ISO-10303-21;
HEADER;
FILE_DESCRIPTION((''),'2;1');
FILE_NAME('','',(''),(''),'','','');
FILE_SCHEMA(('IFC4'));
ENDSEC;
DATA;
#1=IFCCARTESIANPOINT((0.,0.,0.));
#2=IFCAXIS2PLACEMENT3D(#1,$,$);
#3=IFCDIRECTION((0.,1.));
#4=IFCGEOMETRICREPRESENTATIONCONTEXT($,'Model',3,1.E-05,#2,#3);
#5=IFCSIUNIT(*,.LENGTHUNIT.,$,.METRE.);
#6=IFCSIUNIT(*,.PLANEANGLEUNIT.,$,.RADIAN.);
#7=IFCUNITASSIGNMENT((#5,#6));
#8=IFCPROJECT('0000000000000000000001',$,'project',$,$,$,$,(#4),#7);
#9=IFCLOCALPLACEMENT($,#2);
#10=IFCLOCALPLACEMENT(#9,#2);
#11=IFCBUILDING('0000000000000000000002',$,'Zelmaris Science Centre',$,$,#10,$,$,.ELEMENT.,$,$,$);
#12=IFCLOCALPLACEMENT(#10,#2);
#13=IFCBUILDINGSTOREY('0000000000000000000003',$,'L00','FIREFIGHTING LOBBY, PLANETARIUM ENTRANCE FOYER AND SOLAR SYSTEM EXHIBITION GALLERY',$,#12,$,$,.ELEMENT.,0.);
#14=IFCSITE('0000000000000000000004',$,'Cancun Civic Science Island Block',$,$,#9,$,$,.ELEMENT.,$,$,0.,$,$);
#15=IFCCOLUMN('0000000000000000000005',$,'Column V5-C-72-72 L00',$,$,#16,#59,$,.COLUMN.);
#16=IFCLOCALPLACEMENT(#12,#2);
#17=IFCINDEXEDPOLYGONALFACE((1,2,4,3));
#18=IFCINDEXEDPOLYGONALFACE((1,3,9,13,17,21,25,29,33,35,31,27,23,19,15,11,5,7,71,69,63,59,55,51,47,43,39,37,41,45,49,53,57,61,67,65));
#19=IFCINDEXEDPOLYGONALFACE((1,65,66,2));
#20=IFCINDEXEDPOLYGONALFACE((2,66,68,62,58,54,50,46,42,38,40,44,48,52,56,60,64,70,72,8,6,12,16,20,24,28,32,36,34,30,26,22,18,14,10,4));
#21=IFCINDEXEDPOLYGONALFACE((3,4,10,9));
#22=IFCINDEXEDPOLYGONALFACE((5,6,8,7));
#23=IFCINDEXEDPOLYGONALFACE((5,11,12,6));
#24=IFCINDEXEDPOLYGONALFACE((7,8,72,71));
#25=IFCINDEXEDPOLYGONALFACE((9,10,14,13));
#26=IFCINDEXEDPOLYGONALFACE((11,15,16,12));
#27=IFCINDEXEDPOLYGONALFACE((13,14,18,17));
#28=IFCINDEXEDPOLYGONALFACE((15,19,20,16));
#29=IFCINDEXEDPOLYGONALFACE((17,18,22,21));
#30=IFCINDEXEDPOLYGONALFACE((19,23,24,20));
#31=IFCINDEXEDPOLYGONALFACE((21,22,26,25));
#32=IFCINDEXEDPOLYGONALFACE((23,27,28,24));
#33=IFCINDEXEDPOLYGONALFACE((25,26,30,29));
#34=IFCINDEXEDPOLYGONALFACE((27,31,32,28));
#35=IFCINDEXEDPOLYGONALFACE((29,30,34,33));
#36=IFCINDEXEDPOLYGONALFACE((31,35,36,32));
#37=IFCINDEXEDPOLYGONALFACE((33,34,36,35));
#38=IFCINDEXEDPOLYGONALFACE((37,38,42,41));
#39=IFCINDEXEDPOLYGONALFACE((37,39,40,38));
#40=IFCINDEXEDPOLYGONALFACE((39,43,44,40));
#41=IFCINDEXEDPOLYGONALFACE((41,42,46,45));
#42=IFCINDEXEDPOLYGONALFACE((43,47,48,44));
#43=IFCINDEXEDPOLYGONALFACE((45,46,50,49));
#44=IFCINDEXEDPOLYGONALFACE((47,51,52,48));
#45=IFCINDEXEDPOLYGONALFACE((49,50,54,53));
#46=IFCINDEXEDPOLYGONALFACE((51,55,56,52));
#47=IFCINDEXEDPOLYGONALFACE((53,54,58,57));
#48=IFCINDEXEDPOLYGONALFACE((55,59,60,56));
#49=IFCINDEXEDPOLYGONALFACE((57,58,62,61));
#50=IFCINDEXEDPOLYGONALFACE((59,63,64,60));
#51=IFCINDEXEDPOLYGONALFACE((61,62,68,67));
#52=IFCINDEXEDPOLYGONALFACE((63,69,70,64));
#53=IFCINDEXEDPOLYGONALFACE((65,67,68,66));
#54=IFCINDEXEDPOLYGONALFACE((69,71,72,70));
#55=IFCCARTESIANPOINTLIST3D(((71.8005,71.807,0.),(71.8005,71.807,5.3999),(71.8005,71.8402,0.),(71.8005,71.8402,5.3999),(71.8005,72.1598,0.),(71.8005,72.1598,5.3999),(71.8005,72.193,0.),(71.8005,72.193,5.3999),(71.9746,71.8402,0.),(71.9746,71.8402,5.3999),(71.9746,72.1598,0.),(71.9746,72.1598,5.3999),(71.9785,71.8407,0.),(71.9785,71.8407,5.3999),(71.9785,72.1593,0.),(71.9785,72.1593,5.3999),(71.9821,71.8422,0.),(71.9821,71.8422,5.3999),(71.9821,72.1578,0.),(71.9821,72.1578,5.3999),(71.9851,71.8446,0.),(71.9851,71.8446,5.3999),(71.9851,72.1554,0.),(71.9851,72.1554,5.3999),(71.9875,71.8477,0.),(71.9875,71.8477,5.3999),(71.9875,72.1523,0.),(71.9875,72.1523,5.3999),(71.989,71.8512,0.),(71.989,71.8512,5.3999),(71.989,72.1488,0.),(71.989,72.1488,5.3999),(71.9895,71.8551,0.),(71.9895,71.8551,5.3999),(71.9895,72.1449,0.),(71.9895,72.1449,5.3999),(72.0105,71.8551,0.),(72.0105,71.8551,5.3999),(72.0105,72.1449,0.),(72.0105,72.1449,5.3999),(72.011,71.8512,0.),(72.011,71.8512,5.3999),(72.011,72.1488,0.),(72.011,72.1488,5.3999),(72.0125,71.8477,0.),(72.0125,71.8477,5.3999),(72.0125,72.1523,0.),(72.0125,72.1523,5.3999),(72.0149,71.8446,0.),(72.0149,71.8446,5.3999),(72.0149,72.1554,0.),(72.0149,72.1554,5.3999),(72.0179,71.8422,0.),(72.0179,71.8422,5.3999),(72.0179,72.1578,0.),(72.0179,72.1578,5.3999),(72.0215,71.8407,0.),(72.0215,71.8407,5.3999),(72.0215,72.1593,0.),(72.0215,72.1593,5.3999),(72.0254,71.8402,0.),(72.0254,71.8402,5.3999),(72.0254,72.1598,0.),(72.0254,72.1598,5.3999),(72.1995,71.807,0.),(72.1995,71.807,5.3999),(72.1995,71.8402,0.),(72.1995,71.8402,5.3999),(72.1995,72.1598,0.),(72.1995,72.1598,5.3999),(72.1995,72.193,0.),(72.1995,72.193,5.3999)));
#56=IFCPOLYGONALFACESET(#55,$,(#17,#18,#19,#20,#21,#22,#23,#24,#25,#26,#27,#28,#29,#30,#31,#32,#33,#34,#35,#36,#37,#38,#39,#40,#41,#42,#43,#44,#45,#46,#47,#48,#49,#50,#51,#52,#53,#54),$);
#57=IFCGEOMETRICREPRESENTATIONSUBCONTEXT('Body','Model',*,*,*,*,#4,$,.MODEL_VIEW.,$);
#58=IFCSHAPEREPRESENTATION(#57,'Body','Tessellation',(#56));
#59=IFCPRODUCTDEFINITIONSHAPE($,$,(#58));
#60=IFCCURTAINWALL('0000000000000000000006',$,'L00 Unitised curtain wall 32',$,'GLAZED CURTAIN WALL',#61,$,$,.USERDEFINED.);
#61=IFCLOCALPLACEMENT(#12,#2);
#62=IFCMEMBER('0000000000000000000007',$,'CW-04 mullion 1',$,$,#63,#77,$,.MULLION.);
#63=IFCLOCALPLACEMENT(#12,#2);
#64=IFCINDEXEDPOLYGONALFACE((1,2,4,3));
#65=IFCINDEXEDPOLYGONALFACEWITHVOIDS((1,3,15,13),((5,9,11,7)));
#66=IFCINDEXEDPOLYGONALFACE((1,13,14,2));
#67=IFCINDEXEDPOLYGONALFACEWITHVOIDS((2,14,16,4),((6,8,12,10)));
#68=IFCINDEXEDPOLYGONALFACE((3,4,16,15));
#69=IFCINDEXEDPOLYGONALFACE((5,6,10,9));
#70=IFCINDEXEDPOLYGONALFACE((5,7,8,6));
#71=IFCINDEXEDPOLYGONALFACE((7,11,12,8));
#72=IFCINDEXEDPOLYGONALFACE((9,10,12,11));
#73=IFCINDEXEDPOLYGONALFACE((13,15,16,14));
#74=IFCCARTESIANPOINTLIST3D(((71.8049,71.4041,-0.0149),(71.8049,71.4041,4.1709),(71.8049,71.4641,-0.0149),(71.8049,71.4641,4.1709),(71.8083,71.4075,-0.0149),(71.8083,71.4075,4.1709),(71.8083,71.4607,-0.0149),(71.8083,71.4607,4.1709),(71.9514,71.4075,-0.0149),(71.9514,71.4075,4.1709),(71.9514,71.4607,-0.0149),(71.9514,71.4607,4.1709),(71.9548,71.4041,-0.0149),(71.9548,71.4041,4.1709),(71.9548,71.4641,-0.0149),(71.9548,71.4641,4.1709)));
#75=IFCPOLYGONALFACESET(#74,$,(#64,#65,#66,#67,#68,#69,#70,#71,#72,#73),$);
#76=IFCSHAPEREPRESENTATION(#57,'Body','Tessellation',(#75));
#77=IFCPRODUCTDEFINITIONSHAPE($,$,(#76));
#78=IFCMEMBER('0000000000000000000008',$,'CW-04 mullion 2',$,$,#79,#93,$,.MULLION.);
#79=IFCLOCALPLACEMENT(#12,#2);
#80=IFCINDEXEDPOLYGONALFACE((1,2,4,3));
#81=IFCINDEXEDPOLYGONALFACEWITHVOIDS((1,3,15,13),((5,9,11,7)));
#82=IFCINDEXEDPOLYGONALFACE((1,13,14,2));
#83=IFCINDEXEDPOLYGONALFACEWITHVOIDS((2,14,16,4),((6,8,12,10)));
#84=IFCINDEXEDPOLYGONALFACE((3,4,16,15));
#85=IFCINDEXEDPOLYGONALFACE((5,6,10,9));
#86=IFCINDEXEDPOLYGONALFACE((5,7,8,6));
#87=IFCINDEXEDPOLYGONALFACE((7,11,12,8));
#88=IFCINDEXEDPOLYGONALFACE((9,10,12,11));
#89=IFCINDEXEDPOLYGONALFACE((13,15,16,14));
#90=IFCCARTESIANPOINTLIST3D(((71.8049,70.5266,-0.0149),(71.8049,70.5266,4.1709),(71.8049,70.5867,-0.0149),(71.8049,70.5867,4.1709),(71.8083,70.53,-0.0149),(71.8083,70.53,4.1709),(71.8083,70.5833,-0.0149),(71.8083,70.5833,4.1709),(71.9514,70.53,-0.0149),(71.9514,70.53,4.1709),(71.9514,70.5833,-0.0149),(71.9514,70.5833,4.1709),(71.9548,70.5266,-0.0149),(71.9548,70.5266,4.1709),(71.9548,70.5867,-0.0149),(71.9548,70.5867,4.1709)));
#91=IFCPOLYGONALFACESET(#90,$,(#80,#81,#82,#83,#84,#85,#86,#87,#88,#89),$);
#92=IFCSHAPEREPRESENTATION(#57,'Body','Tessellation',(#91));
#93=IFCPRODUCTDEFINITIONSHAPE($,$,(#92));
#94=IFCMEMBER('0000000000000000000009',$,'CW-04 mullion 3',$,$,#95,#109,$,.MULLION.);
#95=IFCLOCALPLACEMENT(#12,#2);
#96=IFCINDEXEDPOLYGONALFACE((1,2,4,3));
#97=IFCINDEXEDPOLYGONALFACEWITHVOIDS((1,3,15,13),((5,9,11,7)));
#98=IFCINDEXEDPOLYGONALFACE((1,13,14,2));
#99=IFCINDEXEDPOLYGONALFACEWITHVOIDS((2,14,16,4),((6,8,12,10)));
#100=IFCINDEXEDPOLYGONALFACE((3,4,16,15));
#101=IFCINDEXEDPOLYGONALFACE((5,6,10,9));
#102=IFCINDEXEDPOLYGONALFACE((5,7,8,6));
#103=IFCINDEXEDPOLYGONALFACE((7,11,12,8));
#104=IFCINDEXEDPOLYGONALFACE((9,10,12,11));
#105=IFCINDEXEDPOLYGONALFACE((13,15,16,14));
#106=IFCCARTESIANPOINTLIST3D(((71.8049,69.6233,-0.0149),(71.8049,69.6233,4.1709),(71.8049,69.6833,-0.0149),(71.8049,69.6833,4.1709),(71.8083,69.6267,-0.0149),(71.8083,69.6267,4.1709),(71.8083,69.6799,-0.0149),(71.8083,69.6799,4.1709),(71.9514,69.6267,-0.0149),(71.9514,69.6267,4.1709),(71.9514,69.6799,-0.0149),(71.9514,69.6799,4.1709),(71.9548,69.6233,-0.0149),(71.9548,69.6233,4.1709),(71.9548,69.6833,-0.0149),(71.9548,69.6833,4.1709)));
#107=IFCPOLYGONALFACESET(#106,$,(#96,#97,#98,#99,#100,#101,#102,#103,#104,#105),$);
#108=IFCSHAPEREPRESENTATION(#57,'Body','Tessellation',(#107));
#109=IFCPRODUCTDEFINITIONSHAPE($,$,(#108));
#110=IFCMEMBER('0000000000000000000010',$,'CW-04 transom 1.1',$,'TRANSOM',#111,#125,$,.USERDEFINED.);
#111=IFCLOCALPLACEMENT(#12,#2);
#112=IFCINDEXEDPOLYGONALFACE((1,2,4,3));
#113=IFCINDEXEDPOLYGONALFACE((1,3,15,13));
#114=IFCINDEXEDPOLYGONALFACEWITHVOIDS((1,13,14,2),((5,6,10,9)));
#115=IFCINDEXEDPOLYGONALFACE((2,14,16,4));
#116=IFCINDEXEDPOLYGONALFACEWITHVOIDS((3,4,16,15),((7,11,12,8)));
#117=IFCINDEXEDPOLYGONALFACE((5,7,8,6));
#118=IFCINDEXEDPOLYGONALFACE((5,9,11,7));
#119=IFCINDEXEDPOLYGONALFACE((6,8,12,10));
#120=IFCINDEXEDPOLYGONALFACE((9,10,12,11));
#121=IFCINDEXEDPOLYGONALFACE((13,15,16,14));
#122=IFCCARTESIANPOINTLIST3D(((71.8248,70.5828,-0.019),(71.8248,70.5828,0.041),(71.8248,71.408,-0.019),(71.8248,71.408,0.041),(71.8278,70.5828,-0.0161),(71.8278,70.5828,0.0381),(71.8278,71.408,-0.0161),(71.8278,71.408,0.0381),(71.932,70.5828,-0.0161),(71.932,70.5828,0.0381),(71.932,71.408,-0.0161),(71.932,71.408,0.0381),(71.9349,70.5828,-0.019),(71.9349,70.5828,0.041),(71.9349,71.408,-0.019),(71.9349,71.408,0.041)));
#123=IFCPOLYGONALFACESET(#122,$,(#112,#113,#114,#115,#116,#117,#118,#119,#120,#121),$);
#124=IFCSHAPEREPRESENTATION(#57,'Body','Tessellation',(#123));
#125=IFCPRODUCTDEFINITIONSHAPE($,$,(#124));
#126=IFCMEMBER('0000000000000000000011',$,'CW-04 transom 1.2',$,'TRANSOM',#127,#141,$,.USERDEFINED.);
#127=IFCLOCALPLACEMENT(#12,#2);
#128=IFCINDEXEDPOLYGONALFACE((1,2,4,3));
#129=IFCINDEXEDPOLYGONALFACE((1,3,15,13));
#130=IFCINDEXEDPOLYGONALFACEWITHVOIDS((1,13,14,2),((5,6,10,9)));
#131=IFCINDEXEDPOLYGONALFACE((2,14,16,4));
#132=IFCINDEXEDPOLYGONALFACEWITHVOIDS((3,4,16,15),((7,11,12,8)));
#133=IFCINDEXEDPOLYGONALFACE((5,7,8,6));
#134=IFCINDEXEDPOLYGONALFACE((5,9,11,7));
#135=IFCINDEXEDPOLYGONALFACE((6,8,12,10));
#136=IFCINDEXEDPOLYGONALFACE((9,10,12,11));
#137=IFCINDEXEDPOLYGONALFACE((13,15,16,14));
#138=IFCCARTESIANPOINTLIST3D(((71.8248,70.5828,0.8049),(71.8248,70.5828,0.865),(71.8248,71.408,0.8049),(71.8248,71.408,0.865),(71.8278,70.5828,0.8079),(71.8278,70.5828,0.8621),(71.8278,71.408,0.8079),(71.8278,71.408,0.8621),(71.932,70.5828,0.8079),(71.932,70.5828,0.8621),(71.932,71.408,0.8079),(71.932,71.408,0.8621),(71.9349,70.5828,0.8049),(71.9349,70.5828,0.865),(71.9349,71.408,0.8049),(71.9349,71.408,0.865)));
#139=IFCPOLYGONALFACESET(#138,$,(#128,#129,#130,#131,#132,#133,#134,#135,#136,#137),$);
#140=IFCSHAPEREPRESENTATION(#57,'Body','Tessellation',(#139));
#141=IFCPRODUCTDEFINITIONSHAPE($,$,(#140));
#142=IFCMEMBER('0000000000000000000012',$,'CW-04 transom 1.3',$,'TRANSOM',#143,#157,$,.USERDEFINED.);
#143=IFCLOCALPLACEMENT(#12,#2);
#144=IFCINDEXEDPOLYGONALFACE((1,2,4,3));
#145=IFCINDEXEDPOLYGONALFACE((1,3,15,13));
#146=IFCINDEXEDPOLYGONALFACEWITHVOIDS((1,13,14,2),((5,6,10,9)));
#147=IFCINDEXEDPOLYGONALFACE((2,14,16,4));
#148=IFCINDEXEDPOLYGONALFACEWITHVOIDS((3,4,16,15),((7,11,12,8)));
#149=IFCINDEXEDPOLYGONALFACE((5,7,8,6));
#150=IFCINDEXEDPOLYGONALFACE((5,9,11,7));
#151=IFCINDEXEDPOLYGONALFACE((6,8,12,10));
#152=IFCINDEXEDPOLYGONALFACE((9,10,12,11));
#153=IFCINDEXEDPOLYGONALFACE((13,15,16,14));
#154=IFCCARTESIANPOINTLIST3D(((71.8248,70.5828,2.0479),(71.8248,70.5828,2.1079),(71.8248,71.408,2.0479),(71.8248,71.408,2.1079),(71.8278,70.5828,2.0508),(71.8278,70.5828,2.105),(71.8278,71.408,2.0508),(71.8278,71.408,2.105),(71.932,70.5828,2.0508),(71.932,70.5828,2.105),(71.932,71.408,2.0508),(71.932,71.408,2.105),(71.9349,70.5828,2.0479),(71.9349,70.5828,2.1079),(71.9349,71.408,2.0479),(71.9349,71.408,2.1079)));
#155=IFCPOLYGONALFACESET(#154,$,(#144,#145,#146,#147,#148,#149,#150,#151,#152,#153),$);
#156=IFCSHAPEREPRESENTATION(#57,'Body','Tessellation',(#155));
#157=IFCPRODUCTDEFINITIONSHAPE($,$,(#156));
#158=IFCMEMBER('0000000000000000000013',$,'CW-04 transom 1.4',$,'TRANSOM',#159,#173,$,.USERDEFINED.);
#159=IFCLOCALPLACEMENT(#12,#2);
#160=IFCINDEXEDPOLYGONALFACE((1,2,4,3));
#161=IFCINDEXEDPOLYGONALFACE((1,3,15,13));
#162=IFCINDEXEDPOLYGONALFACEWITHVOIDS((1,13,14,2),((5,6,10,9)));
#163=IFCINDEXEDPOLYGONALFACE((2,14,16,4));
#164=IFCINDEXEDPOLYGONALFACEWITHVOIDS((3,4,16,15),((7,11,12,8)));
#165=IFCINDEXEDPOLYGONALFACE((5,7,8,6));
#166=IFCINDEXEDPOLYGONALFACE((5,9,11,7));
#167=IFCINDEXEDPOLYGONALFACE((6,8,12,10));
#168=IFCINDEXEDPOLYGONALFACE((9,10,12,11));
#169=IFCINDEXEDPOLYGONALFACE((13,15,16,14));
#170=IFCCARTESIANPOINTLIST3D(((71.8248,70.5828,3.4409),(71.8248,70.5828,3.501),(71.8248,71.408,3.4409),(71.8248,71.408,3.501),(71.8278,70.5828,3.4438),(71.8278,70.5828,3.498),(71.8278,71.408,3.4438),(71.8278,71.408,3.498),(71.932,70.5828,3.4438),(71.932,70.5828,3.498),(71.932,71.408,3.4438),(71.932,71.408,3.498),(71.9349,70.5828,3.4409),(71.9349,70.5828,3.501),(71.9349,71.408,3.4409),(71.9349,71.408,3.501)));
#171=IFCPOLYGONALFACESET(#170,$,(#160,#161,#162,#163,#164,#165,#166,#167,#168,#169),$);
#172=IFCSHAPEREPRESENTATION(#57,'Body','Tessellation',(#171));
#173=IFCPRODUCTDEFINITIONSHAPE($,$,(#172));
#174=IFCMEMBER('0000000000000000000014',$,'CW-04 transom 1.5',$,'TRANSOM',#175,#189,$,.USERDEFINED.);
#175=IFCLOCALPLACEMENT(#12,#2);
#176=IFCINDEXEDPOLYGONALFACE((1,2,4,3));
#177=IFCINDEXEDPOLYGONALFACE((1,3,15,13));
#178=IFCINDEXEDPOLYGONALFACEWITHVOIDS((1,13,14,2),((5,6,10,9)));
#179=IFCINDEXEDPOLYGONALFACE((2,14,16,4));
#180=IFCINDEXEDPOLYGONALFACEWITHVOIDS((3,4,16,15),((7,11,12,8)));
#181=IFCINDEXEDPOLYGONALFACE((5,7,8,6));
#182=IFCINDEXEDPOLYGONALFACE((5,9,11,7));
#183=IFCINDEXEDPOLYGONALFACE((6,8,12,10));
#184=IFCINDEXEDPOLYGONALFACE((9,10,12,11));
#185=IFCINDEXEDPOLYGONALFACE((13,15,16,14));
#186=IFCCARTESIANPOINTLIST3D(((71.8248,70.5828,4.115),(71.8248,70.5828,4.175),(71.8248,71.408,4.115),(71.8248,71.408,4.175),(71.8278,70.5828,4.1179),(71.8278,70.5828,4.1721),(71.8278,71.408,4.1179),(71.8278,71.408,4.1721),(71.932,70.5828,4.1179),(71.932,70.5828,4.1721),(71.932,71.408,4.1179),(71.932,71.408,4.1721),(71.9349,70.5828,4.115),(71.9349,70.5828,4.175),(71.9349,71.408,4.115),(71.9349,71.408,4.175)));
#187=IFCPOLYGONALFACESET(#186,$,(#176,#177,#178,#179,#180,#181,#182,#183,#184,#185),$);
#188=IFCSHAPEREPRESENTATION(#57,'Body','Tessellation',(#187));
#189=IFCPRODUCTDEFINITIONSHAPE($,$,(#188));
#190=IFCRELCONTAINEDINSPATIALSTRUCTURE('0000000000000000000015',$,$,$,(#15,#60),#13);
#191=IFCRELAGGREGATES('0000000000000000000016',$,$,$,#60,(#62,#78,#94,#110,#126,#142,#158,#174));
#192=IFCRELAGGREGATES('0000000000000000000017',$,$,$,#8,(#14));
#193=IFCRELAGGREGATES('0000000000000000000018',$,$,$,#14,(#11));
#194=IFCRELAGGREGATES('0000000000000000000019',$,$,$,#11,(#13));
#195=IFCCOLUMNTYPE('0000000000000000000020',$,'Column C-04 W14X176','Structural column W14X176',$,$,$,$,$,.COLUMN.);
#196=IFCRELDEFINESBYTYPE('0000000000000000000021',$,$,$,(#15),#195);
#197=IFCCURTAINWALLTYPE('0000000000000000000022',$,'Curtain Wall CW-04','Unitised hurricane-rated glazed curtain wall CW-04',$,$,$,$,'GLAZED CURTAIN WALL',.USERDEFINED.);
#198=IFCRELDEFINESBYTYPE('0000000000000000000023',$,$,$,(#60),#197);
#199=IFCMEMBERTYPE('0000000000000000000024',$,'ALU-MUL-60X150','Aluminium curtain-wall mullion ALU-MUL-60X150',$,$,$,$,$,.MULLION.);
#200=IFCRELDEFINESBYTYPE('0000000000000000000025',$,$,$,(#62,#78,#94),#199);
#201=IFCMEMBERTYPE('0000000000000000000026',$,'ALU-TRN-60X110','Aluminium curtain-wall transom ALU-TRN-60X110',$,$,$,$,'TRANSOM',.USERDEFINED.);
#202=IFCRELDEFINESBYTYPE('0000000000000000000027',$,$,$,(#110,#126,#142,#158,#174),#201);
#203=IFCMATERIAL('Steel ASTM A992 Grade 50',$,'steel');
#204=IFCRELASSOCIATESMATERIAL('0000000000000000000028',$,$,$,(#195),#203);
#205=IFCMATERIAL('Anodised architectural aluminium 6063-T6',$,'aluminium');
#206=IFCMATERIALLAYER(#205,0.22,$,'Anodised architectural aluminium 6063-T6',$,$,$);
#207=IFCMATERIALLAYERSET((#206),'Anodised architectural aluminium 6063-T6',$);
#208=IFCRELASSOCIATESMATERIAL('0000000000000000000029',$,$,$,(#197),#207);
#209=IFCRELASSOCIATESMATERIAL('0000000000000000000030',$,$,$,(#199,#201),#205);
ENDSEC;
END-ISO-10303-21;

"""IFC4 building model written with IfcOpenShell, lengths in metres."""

from ifc_helpers import new_model, si_unit, direction, frame, origin, origin_2d, place, context, subcontext, project, spatial, hollow_rectangle, i_section, extrude, material, layer, layer_set, material_profile, profile_set, type_object, element, aggregate, save


model = new_model("IFC4")

# Units and contexts
model_context = context("Model", 3, precision=1e-05, world=origin(), true_north=direction((0.0, 1.0)))
body_context = subcontext(model_context, "Body", "Model", "MODEL_VIEW")
ifc_project = project(units=[si_unit("LENGTHUNIT", "METRE"), si_unit("PLANEANGLEUNIT", "RADIAN")], contexts=[model_context])

# Site, building, storey
site_placement = place(None, origin())
site = spatial("IfcSite", under=ifc_project, at=site_placement, Name="Cancun Civic Science Island Block", CompositionType="ELEMENT", RefElevation=0.0)
building_placement = place(site_placement, origin())
building = spatial("IfcBuilding", under=site, at=building_placement, Name="Zelmaris Science Centre", CompositionType="ELEMENT")
storey_placement = place(building_placement, origin())
storey = spatial("IfcBuildingStorey", under=building, at=storey_placement, Name="L00", Description="FIREFIGHTING LOBBY, PLANETARIUM ENTRANCE FOYER AND SOLAR SYSTEM EXHIBITION GALLERY", CompositionType="ELEMENT", Elevation=0.0)

# Column
ifc_material_1 = material(Name="Steel ASTM A992 Grade 50", Category="steel")
ifc_material_profile_1 = material_profile(ifc_material_1, i_section(OverallWidth=0.3989, OverallDepth=0.386, WebThickness=0.021, FlangeThickness=0.0332, FilletRadius=0.0149, at=origin_2d()), Name="W14X176")
ifc_profile_set_1 = profile_set([ifc_material_profile_1], Name="Steel ASTM A992 Grade 50")
column_type = type_object("IfcColumnType", Name="Column C-04 W14X176", Description="Structural column W14X176", PredefinedType="COLUMN", material=ifc_profile_set_1)
column_placement = place(storey_placement, frame((72.0, 72.0, 0.0), z_axis=(0.0, 0.0, 1.0), x_axis=(1.0, 0.0, 0.0)))
element("IfcColumn", 1, at=column_placement, inside=storey, type_object=column_type, Name="Column V5-C-72-72 L00", PredefinedType="COLUMN", context=body_context, shape_type="SweptSolid", body=[
    extrude(i_section(OverallWidth=0.3989, OverallDepth=0.386, WebThickness=0.021, FlangeThickness=0.0332, FilletRadius=0.0149, at=origin_2d()), origin(), (0.0, 0.0, 1.0), 5.3999),
])

# Curtain wall, members
ifc_material_2 = material(Name="Anodised architectural aluminium 6063-T6", Category="aluminium")
ifc_layer_1 = layer(ifc_material_2, 0.22, Name="Anodised architectural aluminium 6063-T6")
ifc_layer_set_1 = layer_set([ifc_layer_1], Name="Anodised architectural aluminium 6063-T6")
curtain_wall_type = type_object("IfcCurtainWallType", Name="Curtain Wall CW-04", Description="Unitised hurricane-rated glazed curtain wall CW-04", ElementType="GLAZED CURTAIN WALL", PredefinedType="USERDEFINED", material=ifc_layer_set_1)
curtain_wall_placement = place(storey_placement, origin())
curtain_wall = element("IfcCurtainWall", 2, at=curtain_wall_placement, inside=storey, type_object=curtain_wall_type, Name="L00 Unitised curtain wall 32", ObjectType="GLAZED CURTAIN WALL", PredefinedType="USERDEFINED")
ifc_material_profile_2 = material_profile(ifc_material_2, hollow_rectangle(XDim=0.0601, YDim=0.1499, WallThickness=0.0034, at=origin_2d()), Name="ALU-MUL-60X150")
ifc_profile_set_2 = profile_set([ifc_material_profile_2], Name="Anodised architectural aluminium 6063-T6")
member_type_1 = type_object("IfcMemberType", Name="ALU-MUL-60X150", Description="Aluminium curtain-wall mullion ALU-MUL-60X150", PredefinedType="MULLION", material=ifc_profile_set_2)
member_1_placement = place(storey_placement, frame((71.8799, 71.4341, -0.0149), z_axis=(0.0, 0.0, 1.0), x_axis=(0.0, -1.0, 0.0)))
member_1 = element("IfcMember", 3, at=member_1_placement, type_object=member_type_1, Name="CW-04 mullion 1", PredefinedType="MULLION", context=body_context, shape_type="SweptSolid", body=[
    extrude(hollow_rectangle(XDim=0.0601, YDim=0.1499, WallThickness=0.0034, at=origin_2d()), origin(), (0.0, 0.0, 1.0), 4.1858),
])
member_2_placement = place(storey_placement, frame((71.8799, 70.5566, -0.0149), z_axis=(0.0, 0.0, 1.0), x_axis=(0.0, -1.0, 0.0)))
member_2 = element("IfcMember", 4, at=member_2_placement, type_object=member_type_1, Name="CW-04 mullion 2", PredefinedType="MULLION", context=body_context, shape_type="SweptSolid", body=[
    extrude(hollow_rectangle(XDim=0.0601, YDim=0.1499, WallThickness=0.0034, at=origin_2d()), origin(), (0.0, 0.0, 1.0), 4.1858),
])
member_3_placement = place(storey_placement, frame((71.8799, 69.6533, -0.0149), z_axis=(0.0, 0.0, 1.0), x_axis=(0.0, -1.0, 0.0)))
member_3 = element("IfcMember", 5, at=member_3_placement, type_object=member_type_1, Name="CW-04 mullion 3", PredefinedType="MULLION", context=body_context, shape_type="SweptSolid", body=[
    extrude(hollow_rectangle(XDim=0.0601, YDim=0.1499, WallThickness=0.0034, at=origin_2d()), origin(), (0.0, 0.0, 1.0), 4.1858),
])
ifc_material_profile_3 = material_profile(ifc_material_2, hollow_rectangle(XDim=0.0601, YDim=0.1101, WallThickness=0.0029, at=origin_2d()), Name="ALU-TRN-60X110")
ifc_profile_set_3 = profile_set([ifc_material_profile_3], Name="Anodised architectural aluminium 6063-T6")
member_type_2 = type_object("IfcMemberType", Name="ALU-TRN-60X110", Description="Aluminium curtain-wall transom ALU-TRN-60X110", ElementType="TRANSOM", PredefinedType="USERDEFINED", material=ifc_profile_set_3)
member_4_placement = place(storey_placement, frame((71.8799, 71.408, 0.011), z_axis=(0.0, -1.0, 0.0), x_axis=(0.0, 0.0, 1.0)))
member_4 = element("IfcMember", 6, at=member_4_placement, type_object=member_type_2, Name="CW-04 transom 1.1", ObjectType="TRANSOM", PredefinedType="USERDEFINED", context=body_context, shape_type="SweptSolid", body=[
    extrude(hollow_rectangle(XDim=0.0601, YDim=0.1101, WallThickness=0.0029, at=origin_2d()), origin(), (0.0, 0.0, 1.0), 0.8252),
])
member_5_placement = place(storey_placement, frame((71.8799, 71.408, 0.835), z_axis=(0.0, -1.0, 0.0), x_axis=(0.0, 0.0, 1.0)))
member_5 = element("IfcMember", 7, at=member_5_placement, type_object=member_type_2, Name="CW-04 transom 1.2", ObjectType="TRANSOM", PredefinedType="USERDEFINED", context=body_context, shape_type="SweptSolid", body=[
    extrude(hollow_rectangle(XDim=0.0601, YDim=0.1101, WallThickness=0.0029, at=origin_2d()), origin(), (0.0, 0.0, 1.0), 0.8252),
])
member_6_placement = place(storey_placement, frame((71.8799, 71.408, 2.0779), z_axis=(0.0, -1.0, 0.0), x_axis=(0.0, 0.0, 1.0)))
member_6 = element("IfcMember", 8, at=member_6_placement, type_object=member_type_2, Name="CW-04 transom 1.3", ObjectType="TRANSOM", PredefinedType="USERDEFINED", context=body_context, shape_type="SweptSolid", body=[
    extrude(hollow_rectangle(XDim=0.0601, YDim=0.1101, WallThickness=0.0029, at=origin_2d()), origin(), (0.0, 0.0, 1.0), 0.8252),
])
member_7_placement = place(storey_placement, frame((71.8799, 71.408, 3.4709), z_axis=(0.0, -1.0, 0.0), x_axis=(0.0, 0.0, 1.0)))
member_7 = element("IfcMember", 9, at=member_7_placement, type_object=member_type_2, Name="CW-04 transom 1.4", ObjectType="TRANSOM", PredefinedType="USERDEFINED", context=body_context, shape_type="SweptSolid", body=[
    extrude(hollow_rectangle(XDim=0.0601, YDim=0.1101, WallThickness=0.0029, at=origin_2d()), origin(), (0.0, 0.0, 1.0), 0.8252),
])
member_8_placement = place(storey_placement, frame((71.8799, 71.408, 4.145), z_axis=(0.0, -1.0, 0.0), x_axis=(0.0, 0.0, 1.0)))
member_8 = element("IfcMember", 10, at=member_8_placement, type_object=member_type_2, Name="CW-04 transom 1.5", ObjectType="TRANSOM", PredefinedType="USERDEFINED", context=body_context, shape_type="SweptSolid", body=[
    extrude(hollow_rectangle(XDim=0.0601, YDim=0.1101, WallThickness=0.0029, at=origin_2d()), origin(), (0.0, 0.0, 1.0), 0.8252),
])

aggregate(curtain_wall, [member_1, member_2, member_3, member_4, member_5, member_6, member_7, member_8])

save(model, "model.ifc")
